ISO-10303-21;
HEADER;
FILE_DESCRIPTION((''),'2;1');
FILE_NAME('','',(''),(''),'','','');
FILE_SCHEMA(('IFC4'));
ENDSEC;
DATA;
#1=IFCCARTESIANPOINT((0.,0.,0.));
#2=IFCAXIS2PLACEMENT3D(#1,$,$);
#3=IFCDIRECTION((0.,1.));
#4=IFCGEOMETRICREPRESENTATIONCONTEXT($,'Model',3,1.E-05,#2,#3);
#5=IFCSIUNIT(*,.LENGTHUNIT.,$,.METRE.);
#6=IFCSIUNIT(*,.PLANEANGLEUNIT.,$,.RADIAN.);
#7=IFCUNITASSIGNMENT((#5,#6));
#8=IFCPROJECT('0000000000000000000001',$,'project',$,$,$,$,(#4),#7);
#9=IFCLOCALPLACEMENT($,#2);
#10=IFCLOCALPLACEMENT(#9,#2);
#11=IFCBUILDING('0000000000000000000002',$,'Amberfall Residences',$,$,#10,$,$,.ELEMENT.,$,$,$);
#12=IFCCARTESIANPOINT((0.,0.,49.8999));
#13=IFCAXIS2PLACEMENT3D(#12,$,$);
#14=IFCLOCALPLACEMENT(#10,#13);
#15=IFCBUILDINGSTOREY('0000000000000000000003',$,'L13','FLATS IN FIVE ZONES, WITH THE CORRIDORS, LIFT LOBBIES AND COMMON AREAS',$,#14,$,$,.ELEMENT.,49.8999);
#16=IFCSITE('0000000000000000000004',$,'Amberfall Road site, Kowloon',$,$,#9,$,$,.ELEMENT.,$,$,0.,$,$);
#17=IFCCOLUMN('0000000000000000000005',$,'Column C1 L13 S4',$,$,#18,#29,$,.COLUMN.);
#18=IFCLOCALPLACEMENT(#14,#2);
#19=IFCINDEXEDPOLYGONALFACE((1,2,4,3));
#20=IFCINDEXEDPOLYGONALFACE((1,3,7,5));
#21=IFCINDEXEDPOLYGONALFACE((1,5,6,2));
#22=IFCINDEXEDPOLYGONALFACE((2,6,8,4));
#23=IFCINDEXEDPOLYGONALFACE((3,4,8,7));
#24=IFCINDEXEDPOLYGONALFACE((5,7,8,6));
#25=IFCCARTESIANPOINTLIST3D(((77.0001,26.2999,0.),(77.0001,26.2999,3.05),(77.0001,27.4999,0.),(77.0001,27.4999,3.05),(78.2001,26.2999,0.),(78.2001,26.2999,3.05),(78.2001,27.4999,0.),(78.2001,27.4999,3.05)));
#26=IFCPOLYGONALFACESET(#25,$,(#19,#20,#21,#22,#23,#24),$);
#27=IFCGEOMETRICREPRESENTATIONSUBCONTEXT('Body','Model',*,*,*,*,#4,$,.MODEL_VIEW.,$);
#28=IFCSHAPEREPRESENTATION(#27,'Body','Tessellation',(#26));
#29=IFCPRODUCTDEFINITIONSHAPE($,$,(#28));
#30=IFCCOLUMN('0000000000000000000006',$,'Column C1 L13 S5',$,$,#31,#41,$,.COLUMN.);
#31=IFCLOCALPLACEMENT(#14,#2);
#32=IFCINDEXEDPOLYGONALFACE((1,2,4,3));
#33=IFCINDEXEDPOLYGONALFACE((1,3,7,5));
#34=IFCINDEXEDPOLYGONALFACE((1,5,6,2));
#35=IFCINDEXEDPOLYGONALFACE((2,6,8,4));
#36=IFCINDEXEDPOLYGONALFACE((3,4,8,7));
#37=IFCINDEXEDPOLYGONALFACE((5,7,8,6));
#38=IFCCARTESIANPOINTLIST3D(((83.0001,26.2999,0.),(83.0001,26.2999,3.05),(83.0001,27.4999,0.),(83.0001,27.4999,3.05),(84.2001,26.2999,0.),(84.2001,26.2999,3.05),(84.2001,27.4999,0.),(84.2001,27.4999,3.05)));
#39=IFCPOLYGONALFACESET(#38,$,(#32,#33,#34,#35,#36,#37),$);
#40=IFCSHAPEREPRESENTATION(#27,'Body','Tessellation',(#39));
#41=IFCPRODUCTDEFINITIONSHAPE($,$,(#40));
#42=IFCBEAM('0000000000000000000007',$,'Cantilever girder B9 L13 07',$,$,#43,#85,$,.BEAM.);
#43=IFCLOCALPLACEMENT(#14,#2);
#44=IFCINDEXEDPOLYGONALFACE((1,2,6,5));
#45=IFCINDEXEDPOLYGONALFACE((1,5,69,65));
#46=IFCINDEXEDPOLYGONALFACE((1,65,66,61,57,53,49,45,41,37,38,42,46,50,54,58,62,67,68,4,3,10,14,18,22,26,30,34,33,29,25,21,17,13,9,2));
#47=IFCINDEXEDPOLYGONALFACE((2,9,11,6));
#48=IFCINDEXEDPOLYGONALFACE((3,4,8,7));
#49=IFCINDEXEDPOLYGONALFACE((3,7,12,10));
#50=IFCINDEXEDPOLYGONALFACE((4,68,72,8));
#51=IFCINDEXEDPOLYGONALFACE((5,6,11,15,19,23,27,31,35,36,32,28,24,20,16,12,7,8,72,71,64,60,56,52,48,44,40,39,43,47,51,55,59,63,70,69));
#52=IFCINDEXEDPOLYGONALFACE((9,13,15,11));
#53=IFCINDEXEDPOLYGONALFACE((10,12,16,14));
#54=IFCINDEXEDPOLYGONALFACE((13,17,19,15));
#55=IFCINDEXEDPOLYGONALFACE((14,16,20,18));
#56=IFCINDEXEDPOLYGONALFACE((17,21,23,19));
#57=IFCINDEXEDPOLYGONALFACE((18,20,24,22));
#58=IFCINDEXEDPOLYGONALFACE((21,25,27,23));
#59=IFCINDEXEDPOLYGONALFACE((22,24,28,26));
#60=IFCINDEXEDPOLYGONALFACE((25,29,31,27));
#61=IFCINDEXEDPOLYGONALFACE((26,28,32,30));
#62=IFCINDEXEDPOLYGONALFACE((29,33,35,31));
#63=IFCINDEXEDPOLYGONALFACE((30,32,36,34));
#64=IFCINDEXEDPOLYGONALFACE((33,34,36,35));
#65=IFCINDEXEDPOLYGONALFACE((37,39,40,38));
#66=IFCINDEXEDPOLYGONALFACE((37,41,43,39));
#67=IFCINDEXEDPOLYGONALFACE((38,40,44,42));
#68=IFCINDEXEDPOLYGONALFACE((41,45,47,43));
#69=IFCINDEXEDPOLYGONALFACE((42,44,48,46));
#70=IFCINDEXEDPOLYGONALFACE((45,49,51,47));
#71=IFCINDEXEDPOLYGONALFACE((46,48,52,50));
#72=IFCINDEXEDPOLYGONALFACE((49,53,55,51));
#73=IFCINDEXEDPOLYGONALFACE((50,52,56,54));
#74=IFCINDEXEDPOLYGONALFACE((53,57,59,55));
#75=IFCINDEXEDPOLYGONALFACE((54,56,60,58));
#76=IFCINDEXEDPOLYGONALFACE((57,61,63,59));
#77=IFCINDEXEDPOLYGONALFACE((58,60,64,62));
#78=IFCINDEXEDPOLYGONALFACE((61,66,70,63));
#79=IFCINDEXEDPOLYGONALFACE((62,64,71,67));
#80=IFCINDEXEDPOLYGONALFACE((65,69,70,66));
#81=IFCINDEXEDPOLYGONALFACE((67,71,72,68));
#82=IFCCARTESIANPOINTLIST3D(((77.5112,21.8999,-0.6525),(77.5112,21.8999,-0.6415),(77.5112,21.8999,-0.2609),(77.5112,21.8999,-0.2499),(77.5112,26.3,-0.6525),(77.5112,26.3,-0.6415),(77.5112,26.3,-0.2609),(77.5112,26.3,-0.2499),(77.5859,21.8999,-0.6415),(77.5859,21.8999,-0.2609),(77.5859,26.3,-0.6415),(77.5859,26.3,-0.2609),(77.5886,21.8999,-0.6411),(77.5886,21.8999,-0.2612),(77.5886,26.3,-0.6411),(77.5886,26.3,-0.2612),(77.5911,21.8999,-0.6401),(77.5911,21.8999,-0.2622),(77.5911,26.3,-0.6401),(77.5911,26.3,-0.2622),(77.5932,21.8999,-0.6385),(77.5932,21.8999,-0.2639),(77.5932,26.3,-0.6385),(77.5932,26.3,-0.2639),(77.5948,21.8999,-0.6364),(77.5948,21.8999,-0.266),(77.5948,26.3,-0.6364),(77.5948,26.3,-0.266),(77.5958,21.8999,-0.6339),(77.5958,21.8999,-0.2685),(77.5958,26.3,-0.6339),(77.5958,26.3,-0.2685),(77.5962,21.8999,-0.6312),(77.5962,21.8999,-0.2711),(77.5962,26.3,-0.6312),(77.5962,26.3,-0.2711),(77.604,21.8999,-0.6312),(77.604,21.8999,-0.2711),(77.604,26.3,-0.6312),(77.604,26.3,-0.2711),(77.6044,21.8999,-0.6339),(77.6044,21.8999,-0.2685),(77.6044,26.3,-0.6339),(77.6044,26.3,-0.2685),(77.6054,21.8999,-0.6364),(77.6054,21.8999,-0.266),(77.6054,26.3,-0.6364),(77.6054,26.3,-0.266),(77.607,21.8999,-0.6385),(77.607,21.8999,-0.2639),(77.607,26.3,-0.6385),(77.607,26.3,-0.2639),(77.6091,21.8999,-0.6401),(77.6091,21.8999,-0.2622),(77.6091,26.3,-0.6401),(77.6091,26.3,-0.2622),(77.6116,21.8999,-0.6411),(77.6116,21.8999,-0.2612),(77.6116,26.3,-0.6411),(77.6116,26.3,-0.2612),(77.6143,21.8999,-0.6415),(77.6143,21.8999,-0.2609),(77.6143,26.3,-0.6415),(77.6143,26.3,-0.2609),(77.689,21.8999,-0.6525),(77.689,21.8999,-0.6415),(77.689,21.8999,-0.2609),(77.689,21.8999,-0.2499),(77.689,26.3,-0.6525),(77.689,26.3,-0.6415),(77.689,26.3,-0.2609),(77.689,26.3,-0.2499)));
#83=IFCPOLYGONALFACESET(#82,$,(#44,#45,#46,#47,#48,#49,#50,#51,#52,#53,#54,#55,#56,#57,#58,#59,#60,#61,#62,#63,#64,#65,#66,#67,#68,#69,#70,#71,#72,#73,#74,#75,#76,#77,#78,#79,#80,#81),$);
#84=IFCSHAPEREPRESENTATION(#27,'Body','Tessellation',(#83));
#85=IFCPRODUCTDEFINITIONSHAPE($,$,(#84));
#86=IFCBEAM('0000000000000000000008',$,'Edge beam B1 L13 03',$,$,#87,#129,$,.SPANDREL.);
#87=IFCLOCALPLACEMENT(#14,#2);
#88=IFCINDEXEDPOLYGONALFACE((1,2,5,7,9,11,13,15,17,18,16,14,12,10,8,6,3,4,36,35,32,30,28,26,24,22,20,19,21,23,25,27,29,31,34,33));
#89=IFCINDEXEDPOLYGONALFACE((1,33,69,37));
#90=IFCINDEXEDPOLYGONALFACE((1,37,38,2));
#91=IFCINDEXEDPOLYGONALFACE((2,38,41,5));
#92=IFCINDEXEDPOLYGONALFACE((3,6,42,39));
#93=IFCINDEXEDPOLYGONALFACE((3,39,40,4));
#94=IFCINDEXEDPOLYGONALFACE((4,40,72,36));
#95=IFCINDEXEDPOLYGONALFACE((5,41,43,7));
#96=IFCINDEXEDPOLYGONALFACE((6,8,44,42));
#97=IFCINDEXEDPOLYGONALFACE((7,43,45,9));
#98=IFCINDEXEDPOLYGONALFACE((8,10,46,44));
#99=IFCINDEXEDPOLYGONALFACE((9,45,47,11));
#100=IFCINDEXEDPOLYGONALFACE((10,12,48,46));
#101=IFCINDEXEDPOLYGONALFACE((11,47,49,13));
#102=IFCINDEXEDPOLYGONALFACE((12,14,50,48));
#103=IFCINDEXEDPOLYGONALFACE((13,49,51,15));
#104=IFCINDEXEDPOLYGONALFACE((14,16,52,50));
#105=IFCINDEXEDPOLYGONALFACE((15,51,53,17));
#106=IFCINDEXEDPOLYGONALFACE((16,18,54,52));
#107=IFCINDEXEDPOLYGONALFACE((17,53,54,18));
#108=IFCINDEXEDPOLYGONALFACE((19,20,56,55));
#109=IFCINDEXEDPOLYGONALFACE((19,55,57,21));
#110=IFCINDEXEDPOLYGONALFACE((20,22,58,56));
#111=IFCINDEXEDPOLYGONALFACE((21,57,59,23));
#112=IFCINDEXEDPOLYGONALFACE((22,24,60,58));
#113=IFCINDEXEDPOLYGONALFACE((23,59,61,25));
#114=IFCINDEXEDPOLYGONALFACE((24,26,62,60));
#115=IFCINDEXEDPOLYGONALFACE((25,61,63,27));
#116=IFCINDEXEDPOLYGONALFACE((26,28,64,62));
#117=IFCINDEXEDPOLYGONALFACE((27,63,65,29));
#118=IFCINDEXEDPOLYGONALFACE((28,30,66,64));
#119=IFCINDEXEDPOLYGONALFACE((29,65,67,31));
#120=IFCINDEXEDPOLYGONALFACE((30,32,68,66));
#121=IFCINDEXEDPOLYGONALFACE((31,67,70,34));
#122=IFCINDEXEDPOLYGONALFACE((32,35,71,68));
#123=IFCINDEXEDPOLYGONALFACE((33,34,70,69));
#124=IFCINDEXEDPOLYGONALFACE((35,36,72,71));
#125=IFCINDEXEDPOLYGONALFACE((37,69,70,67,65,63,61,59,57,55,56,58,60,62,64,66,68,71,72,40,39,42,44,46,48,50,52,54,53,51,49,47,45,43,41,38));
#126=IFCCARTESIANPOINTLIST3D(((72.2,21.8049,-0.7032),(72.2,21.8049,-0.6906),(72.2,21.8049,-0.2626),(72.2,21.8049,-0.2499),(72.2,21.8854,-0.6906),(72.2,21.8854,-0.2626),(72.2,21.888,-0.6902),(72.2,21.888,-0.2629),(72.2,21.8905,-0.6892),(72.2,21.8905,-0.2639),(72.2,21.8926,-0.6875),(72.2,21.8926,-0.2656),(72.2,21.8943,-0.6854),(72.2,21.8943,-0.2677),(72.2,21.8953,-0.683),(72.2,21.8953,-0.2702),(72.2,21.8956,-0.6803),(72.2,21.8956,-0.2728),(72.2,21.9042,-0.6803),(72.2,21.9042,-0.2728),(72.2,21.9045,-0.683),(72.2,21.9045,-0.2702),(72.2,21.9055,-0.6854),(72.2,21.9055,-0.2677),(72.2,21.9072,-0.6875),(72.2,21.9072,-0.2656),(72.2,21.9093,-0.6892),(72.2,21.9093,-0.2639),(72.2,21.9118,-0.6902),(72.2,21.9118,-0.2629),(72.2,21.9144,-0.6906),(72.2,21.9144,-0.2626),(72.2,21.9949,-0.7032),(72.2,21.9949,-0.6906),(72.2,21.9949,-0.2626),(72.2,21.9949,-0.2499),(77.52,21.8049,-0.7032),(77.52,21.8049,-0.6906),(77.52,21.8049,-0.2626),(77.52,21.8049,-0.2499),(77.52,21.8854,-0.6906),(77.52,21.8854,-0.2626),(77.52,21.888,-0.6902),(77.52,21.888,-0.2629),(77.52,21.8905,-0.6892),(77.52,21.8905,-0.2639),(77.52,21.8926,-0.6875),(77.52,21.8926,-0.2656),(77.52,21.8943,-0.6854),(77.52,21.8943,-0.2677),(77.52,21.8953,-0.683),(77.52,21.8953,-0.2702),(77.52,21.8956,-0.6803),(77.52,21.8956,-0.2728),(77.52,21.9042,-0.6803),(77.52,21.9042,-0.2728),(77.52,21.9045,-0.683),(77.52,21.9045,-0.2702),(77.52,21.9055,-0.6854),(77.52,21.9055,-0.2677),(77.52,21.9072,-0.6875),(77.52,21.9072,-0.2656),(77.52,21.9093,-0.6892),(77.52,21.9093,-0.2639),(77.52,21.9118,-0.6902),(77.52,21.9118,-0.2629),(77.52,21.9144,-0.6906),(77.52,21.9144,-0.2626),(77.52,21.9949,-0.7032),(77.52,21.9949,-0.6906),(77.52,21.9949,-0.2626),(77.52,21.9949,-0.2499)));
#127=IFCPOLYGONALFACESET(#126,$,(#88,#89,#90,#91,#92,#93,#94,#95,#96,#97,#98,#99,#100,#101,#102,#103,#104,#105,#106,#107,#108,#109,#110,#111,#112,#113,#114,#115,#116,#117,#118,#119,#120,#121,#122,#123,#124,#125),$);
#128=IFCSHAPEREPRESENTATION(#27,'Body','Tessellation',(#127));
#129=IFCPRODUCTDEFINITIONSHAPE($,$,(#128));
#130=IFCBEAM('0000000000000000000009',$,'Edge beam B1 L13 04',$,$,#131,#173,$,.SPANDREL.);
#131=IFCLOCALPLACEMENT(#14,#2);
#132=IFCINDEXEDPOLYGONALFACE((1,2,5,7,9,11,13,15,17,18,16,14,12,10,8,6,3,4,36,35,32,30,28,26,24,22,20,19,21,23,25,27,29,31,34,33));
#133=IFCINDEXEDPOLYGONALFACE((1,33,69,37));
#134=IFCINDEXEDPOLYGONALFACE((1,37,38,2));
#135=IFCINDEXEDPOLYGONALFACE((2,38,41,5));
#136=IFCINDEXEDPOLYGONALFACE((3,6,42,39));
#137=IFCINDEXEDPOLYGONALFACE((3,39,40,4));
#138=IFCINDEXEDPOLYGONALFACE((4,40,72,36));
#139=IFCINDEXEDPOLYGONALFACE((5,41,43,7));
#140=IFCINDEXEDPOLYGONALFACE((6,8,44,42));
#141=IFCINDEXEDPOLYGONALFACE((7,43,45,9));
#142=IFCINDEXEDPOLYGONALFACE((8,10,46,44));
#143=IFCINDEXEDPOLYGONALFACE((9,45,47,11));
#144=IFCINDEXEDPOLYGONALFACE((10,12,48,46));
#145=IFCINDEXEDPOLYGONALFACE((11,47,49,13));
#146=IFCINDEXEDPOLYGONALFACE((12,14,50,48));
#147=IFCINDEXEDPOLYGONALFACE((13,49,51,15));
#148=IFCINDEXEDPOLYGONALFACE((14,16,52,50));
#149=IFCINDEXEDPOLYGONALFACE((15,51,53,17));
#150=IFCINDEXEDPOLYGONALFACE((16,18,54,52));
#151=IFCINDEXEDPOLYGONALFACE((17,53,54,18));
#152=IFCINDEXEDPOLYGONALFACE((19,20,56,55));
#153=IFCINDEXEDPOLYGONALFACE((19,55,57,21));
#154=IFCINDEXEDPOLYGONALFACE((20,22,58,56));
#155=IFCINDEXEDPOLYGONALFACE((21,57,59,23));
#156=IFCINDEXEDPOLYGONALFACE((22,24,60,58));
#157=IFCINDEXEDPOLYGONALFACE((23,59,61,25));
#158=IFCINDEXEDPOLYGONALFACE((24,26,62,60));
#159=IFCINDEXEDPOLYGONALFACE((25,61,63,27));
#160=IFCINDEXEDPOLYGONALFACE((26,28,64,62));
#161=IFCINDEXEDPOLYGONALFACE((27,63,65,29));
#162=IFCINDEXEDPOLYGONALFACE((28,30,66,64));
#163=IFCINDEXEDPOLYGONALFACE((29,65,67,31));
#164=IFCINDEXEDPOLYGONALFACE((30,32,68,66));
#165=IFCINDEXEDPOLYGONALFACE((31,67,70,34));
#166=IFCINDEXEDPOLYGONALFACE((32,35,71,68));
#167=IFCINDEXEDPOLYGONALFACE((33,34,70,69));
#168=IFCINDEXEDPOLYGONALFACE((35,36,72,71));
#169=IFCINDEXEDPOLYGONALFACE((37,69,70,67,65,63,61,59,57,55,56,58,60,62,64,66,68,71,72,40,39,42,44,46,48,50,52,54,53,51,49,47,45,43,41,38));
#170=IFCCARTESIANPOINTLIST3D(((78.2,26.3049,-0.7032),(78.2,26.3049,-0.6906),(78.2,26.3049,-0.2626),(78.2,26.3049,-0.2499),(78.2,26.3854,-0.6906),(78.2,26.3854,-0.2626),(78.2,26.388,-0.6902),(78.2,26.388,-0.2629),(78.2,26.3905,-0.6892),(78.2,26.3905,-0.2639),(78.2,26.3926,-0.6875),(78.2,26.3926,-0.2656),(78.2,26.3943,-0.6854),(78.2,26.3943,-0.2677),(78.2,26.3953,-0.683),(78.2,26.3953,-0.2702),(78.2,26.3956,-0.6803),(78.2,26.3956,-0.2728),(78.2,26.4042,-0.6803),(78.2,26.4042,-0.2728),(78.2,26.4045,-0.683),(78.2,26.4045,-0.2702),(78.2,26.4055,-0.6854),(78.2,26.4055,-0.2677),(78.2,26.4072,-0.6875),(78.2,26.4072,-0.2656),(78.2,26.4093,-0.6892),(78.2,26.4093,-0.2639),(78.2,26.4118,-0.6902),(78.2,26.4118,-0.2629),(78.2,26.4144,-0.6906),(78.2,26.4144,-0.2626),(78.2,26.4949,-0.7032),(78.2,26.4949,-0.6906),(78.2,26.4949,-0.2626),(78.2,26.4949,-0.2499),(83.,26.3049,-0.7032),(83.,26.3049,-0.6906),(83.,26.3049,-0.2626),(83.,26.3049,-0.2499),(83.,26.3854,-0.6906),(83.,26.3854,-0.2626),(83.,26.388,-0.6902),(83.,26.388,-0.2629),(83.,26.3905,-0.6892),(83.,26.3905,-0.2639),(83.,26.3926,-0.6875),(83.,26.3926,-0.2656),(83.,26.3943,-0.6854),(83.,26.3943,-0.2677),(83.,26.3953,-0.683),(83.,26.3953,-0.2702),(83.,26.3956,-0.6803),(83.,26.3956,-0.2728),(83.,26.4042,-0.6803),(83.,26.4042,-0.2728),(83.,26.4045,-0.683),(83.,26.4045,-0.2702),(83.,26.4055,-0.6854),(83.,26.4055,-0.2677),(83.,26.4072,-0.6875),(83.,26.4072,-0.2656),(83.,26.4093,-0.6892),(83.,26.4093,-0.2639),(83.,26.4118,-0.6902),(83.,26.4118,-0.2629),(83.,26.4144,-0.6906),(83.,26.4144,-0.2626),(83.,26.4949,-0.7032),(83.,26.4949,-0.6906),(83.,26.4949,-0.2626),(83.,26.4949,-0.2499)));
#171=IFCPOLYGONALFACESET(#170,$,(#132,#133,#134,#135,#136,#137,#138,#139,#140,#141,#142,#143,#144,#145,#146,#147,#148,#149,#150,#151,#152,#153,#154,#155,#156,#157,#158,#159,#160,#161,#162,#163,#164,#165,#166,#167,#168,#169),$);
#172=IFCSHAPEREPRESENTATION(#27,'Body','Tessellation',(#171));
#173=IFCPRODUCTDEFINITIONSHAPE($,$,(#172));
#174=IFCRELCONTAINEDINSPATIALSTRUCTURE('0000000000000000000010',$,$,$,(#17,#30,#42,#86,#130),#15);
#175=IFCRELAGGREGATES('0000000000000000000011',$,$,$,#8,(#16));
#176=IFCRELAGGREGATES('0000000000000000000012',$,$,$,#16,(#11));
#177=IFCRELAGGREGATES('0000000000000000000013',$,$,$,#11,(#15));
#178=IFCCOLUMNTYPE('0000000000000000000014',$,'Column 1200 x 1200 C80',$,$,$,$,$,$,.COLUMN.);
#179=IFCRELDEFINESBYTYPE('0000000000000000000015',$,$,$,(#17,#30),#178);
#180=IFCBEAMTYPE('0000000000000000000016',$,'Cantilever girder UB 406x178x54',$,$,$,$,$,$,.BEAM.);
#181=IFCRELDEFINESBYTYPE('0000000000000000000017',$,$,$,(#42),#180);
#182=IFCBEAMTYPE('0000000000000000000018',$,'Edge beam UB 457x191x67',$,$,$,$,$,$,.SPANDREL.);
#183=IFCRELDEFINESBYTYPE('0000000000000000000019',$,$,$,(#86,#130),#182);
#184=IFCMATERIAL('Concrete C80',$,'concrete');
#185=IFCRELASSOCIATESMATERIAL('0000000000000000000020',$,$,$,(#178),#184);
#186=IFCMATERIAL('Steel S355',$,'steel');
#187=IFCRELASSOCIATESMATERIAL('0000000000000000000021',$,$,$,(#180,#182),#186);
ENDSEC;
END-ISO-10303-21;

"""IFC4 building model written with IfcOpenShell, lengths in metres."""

from ifc_helpers import new_model, si_unit, direction, frame, origin, origin_2d, place, context, subcontext, project, spatial, rectangle, i_section, extrude, material, material_profile, profile_set, type_object, element, save


model = new_model("IFC4")

# Units and contexts
model_context = context("Model", 3, precision=1e-05, world=origin(), true_north=direction((0.0, 1.0)))
body_context = subcontext(model_context, "Body", "Model", "MODEL_VIEW")
ifc_project = project(units=[si_unit("LENGTHUNIT", "METRE"), si_unit("PLANEANGLEUNIT", "RADIAN")], contexts=[model_context])

# Site, building, storey
site_placement = place(None, origin())
site = spatial("IfcSite", under=ifc_project, at=site_placement, Name="Amberfall Road site, Kowloon", CompositionType="ELEMENT", RefElevation=0.0)
building_placement = place(site_placement, origin())
building = spatial("IfcBuilding", under=site, at=building_placement, Name="Amberfall Residences", CompositionType="ELEMENT")
storey_placement = place(building_placement, frame((0.0, 0.0, 49.8999)))
storey = spatial("IfcBuildingStorey", under=building, at=storey_placement, Name="L13", Description="FLATS IN FIVE ZONES, WITH THE CORRIDORS, LIFT LOBBIES AND COMMON AREAS", CompositionType="ELEMENT", Elevation=49.8999)

# Columns
ifc_material_1 = material(Name="Concrete C80", Category="concrete")
ifc_material_profile_1 = material_profile(ifc_material_1, rectangle(XDim=1.2, YDim=1.2, at=origin_2d()), Name="Column 1200 x 1200 C80")
ifc_profile_set_1 = profile_set([ifc_material_profile_1], Name="Concrete C80")
column_type = type_object("IfcColumnType", Name="Column 1200 x 1200 C80", PredefinedType="COLUMN", material=ifc_profile_set_1)
for number, where, z_axis, x_axis, name in (
    (1, (77.6001, 26.8999, 0.0), (0.0, 0.0, 1.0), (1.0, 0.0, 0.0), "Column C1 L13 S4"),
    (2, (83.6001, 26.8999, 0.0), (0.0, 0.0, 1.0), (1.0, 0.0, 0.0), "Column C1 L13 S5"),
):
    element("IfcColumn", number, at=place(storey_placement, frame(where, z_axis=z_axis, x_axis=x_axis)), inside=storey, type_object=column_type, Name=name, PredefinedType="COLUMN", context=body_context, shape_type="SweptSolid", body=[
        extrude(rectangle(XDim=1.2, YDim=1.2, at=origin_2d()), origin(), (0.0, 0.0, 1.0), 3.05),
    ])

# Beams
ifc_material_2 = material(Name="Steel S355", Category="steel")
ifc_material_profile_2 = material_profile(ifc_material_2, i_section(OverallWidth=0.1777, OverallDepth=0.4026, WebThickness=0.0078, FlangeThickness=0.011, FilletRadius=0.0103, at=origin_2d()), Name="UB 406x178x54")
ifc_profile_set_2 = profile_set([ifc_material_profile_2], Name="Steel S355")
beam_type_1 = type_object("IfcBeamType", Name="Cantilever girder UB 406x178x54", PredefinedType="BEAM", material=ifc_profile_set_2)
beam_1_placement = place(storey_placement, frame((77.6001, 26.3, -0.4512), z_axis=(0.0, -1.0, 0.0), x_axis=(1.0, 0.0, 0.0)))
element("IfcBeam", 3, at=beam_1_placement, inside=storey, type_object=beam_type_1, Name="Cantilever girder B9 L13 07", PredefinedType="BEAM", context=body_context, shape_type="SweptSolid", body=[
    extrude(i_section(OverallWidth=0.1777, OverallDepth=0.4026, WebThickness=0.0078, FlangeThickness=0.011, FilletRadius=0.0103, at=origin_2d()), origin(), (0.0, 0.0, 1.0), 4.4001),
])
ifc_material_profile_3 = material_profile(ifc_material_2, i_section(OverallWidth=0.1899, OverallDepth=0.4534, WebThickness=0.0085, FlangeThickness=0.0127, FilletRadius=0.0103, at=origin_2d()), Name="UB 457x191x67")
ifc_profile_set_3 = profile_set([ifc_material_profile_3], Name="Steel S355")
beam_type_2 = type_object("IfcBeamType", Name="Edge beam UB 457x191x67", PredefinedType="SPANDREL", material=ifc_profile_set_3)
beam_2_placement = place(storey_placement, frame((72.2, 21.8999, -0.4766), z_axis=(1.0, 0.0, 0.0), x_axis=(0.0, 1.0, 0.0)))
element("IfcBeam", 4, at=beam_2_placement, inside=storey, type_object=beam_type_2, Name="Edge beam B1 L13 03", PredefinedType="SPANDREL", context=body_context, shape_type="SweptSolid", body=[
    extrude(i_section(OverallWidth=0.1899, OverallDepth=0.4534, WebThickness=0.0085, FlangeThickness=0.0127, FilletRadius=0.0103, at=origin_2d()), origin(), (0.0, 0.0, 1.0), 5.3201),
])
beam_3_placement = place(storey_placement, frame((78.2, 26.3999, -0.4766), z_axis=(1.0, 0.0, 0.0), x_axis=(0.0, 1.0, 0.0)))
element("IfcBeam", 5, at=beam_3_placement, inside=storey, type_object=beam_type_2, Name="Edge beam B1 L13 04", PredefinedType="SPANDREL", context=body_context, shape_type="SweptSolid", body=[
    extrude(i_section(OverallWidth=0.1899, OverallDepth=0.4534, WebThickness=0.0085, FlangeThickness=0.0127, FilletRadius=0.0103, at=origin_2d()), origin(), (0.0, 0.0, 1.0), 4.8),
])

save(model, "model.ifc")
